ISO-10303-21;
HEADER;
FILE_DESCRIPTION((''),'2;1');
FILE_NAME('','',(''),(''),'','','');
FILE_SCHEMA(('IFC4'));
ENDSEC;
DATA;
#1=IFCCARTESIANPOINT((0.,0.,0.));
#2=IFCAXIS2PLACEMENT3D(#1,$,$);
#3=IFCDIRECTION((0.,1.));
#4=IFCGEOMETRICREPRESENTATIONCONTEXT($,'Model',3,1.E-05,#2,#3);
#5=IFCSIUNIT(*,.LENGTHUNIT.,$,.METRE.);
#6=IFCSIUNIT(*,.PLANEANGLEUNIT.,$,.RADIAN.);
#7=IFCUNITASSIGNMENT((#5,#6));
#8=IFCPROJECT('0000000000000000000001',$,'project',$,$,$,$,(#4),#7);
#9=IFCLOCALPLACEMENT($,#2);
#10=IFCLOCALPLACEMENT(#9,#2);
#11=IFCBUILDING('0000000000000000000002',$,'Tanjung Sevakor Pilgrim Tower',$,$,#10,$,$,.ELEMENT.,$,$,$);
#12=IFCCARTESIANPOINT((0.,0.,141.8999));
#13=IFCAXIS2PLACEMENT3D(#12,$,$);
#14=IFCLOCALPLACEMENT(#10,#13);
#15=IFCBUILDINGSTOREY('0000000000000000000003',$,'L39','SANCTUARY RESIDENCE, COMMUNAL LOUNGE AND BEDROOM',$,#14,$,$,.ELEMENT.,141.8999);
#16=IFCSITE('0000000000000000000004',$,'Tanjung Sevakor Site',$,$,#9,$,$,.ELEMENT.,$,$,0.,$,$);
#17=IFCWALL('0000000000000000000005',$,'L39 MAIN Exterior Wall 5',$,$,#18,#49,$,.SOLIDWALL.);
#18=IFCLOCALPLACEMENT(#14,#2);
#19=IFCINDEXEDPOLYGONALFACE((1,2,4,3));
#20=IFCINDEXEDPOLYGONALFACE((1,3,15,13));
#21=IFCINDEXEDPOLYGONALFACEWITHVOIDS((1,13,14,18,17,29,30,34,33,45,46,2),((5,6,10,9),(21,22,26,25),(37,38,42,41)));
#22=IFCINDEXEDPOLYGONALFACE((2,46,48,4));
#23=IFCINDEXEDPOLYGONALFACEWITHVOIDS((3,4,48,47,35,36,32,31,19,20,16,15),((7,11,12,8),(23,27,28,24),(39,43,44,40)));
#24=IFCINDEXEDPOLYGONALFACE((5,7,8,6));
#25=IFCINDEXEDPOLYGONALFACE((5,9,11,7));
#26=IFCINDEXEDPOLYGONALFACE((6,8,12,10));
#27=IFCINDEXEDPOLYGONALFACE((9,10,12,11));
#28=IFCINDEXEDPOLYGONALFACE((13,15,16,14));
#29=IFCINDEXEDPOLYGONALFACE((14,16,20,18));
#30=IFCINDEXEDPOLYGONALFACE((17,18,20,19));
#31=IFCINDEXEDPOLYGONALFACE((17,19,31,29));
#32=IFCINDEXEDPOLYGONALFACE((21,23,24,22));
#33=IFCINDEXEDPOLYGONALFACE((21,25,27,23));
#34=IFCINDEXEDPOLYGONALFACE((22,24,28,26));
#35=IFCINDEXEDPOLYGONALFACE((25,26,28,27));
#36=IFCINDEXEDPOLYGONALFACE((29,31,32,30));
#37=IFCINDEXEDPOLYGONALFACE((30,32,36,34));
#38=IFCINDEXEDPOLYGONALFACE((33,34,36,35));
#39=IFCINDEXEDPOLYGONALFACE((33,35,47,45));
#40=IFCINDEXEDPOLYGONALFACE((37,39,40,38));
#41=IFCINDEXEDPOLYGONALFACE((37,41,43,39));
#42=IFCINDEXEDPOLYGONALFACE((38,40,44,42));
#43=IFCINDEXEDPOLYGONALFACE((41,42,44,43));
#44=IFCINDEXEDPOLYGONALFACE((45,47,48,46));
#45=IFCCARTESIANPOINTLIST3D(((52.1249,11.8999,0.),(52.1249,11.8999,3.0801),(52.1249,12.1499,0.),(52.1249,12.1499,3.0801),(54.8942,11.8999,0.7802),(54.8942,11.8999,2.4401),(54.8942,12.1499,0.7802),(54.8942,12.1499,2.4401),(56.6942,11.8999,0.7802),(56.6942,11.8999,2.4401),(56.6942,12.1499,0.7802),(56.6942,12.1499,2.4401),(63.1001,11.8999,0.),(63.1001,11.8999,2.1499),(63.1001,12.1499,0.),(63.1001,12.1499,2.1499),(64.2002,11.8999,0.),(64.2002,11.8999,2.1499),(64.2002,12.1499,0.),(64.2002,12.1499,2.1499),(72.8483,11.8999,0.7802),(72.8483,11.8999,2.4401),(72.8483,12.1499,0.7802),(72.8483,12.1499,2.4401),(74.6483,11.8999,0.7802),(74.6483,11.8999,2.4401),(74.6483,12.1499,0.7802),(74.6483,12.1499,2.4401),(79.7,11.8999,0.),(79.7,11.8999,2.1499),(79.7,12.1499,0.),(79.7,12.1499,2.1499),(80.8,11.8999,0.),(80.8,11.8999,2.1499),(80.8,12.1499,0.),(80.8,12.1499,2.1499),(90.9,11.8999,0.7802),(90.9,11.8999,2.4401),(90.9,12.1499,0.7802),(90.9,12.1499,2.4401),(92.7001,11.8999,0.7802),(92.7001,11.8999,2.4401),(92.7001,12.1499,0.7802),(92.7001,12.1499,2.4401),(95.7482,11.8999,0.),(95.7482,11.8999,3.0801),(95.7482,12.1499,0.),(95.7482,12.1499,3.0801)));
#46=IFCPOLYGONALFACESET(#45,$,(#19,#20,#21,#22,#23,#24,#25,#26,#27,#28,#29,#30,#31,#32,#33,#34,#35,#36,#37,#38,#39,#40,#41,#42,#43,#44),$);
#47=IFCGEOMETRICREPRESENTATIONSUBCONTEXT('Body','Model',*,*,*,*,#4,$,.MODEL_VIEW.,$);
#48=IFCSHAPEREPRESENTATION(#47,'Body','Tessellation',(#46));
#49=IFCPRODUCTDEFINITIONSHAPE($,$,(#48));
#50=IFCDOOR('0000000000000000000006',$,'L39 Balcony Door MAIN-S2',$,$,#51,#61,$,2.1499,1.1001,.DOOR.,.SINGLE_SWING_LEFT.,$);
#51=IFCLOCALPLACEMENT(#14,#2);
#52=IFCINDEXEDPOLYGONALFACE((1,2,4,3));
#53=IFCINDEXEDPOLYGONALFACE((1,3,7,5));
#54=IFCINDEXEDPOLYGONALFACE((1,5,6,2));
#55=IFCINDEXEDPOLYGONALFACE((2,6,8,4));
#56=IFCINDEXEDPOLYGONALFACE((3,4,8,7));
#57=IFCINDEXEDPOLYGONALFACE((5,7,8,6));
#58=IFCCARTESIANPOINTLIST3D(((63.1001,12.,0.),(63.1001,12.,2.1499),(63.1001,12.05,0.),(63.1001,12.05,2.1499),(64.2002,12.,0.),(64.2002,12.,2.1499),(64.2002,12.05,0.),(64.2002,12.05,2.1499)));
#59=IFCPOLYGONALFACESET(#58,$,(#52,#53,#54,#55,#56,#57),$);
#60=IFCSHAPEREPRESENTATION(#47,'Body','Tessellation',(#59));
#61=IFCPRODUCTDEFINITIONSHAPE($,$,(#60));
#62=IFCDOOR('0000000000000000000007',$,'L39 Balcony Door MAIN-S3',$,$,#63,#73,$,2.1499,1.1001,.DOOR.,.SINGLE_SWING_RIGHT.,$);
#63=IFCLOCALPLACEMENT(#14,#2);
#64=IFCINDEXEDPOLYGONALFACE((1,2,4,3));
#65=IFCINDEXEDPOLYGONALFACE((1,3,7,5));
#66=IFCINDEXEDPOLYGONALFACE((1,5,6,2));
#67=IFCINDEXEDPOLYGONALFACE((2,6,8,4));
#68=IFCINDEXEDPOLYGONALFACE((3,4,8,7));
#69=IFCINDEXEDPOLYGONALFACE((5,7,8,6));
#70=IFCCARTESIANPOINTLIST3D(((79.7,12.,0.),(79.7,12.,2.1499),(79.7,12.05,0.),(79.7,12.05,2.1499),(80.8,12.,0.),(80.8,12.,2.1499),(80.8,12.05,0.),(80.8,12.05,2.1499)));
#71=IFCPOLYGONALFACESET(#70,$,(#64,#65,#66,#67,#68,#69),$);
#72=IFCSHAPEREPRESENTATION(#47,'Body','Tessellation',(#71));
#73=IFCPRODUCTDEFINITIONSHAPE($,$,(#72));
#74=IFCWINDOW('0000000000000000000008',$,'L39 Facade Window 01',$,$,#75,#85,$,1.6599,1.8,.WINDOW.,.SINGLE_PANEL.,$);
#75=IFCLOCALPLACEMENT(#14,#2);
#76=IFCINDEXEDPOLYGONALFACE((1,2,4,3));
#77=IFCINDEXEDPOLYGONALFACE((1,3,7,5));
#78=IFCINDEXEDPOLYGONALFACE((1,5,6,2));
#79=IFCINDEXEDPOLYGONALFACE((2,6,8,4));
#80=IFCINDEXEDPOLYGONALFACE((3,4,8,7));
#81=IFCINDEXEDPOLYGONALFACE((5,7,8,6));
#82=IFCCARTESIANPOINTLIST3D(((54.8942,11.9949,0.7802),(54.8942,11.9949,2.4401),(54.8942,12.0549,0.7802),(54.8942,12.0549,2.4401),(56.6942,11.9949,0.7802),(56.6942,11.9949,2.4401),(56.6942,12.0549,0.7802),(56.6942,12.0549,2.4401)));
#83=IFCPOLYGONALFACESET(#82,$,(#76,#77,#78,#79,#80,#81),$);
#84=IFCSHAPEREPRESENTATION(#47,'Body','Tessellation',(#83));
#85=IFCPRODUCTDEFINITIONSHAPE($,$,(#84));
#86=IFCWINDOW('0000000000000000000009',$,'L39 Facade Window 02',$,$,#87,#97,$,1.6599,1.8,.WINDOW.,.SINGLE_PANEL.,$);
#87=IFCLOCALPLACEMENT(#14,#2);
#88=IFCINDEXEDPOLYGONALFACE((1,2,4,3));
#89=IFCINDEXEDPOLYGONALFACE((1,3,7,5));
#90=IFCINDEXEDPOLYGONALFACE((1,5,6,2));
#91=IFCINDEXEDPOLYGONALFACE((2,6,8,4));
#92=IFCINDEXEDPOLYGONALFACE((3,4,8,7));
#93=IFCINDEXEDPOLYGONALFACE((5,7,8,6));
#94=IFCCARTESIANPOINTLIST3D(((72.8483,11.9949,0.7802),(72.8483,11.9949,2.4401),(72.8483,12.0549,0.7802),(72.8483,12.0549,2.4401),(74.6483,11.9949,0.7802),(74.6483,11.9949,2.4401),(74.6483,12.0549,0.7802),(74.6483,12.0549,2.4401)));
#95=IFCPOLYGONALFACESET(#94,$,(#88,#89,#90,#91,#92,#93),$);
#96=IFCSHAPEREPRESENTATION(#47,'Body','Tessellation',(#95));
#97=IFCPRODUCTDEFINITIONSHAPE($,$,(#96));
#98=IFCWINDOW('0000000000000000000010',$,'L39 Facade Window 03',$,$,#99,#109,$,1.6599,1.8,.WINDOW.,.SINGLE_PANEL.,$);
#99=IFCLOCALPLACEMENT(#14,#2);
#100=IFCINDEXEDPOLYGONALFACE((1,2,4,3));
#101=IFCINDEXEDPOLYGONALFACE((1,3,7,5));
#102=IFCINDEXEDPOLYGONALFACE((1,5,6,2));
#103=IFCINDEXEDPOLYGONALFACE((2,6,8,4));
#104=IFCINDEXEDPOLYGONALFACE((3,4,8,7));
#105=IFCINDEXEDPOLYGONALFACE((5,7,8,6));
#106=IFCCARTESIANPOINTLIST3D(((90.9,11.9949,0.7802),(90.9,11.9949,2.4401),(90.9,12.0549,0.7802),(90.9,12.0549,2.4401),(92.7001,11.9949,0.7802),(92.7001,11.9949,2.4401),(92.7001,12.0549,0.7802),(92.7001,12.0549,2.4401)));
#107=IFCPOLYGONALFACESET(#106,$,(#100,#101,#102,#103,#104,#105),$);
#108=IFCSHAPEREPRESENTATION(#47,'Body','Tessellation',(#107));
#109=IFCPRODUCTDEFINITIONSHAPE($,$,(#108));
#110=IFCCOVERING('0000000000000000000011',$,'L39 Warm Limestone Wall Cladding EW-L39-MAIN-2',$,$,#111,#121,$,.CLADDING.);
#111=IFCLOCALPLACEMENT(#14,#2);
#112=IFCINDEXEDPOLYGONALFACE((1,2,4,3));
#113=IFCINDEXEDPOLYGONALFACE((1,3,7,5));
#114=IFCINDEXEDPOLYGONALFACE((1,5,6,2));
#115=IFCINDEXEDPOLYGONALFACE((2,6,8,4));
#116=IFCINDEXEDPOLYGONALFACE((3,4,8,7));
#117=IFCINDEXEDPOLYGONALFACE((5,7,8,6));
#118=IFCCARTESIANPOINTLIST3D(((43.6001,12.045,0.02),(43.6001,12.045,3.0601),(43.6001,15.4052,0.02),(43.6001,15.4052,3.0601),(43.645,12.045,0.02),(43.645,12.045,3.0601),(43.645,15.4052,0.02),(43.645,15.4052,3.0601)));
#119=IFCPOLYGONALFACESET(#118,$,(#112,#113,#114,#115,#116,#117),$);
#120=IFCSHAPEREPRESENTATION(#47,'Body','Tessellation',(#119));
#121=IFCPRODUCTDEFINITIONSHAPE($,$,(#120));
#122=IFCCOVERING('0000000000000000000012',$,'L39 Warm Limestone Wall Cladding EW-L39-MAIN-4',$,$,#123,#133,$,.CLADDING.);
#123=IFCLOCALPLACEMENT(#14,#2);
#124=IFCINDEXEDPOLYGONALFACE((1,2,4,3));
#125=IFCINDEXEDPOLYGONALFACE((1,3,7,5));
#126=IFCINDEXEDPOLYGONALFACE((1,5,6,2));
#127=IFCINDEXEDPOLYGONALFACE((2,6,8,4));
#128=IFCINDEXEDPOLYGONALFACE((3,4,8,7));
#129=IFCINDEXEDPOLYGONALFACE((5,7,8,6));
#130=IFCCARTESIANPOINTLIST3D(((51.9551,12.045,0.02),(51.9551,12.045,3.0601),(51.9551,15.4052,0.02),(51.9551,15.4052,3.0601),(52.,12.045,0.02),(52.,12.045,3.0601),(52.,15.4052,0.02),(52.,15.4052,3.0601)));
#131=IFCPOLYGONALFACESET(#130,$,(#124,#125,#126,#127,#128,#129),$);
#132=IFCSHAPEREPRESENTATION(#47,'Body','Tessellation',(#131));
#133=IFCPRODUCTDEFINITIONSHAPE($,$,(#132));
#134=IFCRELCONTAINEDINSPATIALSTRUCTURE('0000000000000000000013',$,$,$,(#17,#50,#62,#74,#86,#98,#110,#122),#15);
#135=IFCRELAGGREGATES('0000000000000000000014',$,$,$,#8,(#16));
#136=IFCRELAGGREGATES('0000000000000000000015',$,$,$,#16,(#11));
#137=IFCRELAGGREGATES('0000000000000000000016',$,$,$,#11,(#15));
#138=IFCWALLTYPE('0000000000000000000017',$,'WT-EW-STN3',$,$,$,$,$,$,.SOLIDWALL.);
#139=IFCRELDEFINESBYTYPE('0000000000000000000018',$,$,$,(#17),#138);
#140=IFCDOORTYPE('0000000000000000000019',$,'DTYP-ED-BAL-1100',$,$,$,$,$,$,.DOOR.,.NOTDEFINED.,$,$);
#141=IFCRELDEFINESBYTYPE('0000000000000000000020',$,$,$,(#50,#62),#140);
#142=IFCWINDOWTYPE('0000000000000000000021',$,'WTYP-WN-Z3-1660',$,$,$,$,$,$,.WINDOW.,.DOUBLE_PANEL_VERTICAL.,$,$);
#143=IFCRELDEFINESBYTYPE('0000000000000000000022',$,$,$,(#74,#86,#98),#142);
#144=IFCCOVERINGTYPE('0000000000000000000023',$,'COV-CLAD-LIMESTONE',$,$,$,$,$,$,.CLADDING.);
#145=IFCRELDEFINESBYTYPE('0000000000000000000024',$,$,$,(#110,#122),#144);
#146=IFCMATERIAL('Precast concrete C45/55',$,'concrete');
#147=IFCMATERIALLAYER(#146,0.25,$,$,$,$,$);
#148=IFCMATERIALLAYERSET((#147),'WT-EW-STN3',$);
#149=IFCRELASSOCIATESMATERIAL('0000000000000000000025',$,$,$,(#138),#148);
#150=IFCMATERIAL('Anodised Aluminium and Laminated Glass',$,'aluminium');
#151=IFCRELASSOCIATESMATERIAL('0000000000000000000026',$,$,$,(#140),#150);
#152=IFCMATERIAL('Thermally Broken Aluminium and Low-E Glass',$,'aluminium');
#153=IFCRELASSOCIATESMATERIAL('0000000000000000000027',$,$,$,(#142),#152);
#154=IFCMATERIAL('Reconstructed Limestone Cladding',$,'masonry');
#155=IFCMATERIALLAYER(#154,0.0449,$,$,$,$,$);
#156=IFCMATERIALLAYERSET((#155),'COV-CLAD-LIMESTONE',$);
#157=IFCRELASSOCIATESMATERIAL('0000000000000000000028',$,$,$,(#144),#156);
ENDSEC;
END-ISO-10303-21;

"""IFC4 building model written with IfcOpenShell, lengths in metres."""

from ifc_helpers import new_model, si_unit, direction, frame, frame_2d, origin, origin_2d, place, context, subcontext, project, spatial, rectangle, extrude, material, layer, layer_set, type_object, element, fill, save


model = new_model("IFC4")

# Units and contexts
model_context = context("Model", 3, precision=1e-05, world=origin(), true_north=direction((0.0, 1.0)))
body_context = subcontext(model_context, "Body", "Model", "MODEL_VIEW")
ifc_project = project(units=[si_unit("LENGTHUNIT", "METRE"), si_unit("PLANEANGLEUNIT", "RADIAN")], contexts=[model_context])

# Site, building, storey
site_placement = place(None, origin())
site = spatial("IfcSite", under=ifc_project, at=site_placement, Name="Tanjung Sevakor Site", CompositionType="ELEMENT", RefElevation=0.0)
building_placement = place(site_placement, origin())
building = spatial("IfcBuilding", under=site, at=building_placement, Name="Tanjung Sevakor Pilgrim Tower", CompositionType="ELEMENT")
storey_placement = place(building_placement, frame((0.0, 0.0, 141.8999)))
storey = spatial("IfcBuildingStorey", under=building, at=storey_placement, Name="L39", Description="SANCTUARY RESIDENCE, COMMUNAL LOUNGE AND BEDROOM", CompositionType="ELEMENT", Elevation=141.8999)

# Shared definitions
ifc_material_1 = material(Name="Precast concrete C45/55", Category="concrete")
ifc_layer_1 = layer(ifc_material_1, 0.25)
ifc_layer_set_1 = layer_set([ifc_layer_1], Name="WT-EW-STN3")
wall_type_1 = type_object("IfcWallType", Name="WT-EW-STN3", PredefinedType="SOLIDWALL", material=ifc_layer_set_1)

# Wall, openings, doors, windows
wall_1_placement = place(storey_placement, frame((52.125, 12.0249, 0.0), z_axis=(0.0, 0.0, 1.0), x_axis=(1.0, 0.0, 0.0)))
wall_1 = element("IfcWall", 1, at=wall_1_placement, inside=storey, type_object=wall_type_1, Name="L39 MAIN Exterior Wall 5", PredefinedType="SOLIDWALL", context=body_context, shape_type="SweptSolid", body=[
    extrude(rectangle(XDim=43.6233, YDim=0.25, at=frame_2d((21.8115, 0.0))), origin(), (0.0, 0.0, 1.0), 3.0801),
])
opening_1_placement = place(wall_1_placement, frame((10.9751, 0.0, 0.0)))
opening_1 = element("IfcOpeningElement", 2, at=opening_1_placement, cuts=wall_1, PredefinedType="OPENING", context=body_context, shape_type="SweptSolid", body=[
    extrude(rectangle(XDim=1.1001, YDim=2.1499, at=frame_2d((0.55, 1.075))), frame((0.0, 0.135, 0.0), z_axis=(0.0, -1.0, 0.0), x_axis=(1.0, 0.0, 0.0)), (0.0, 0.0, 1.0), 0.27),
])
opening_2_placement = place(wall_1_placement, frame((27.575, 0.0, 0.0)))
opening_2 = element("IfcOpeningElement", 3, at=opening_2_placement, cuts=wall_1, PredefinedType="OPENING", context=body_context, shape_type="SweptSolid", body=[
    extrude(rectangle(XDim=1.1001, YDim=2.1499, at=frame_2d((0.55, 1.075))), frame((0.0, 0.135, 0.0), z_axis=(0.0, -1.0, 0.0), x_axis=(1.0, 0.0, 0.0)), (0.0, 0.0, 1.0), 0.27),
])
opening_3_placement = place(wall_1_placement, frame((2.7693, 0.0, 0.78)))
opening_3 = element("IfcOpeningElement", 4, at=opening_3_placement, cuts=wall_1, PredefinedType="OPENING", context=body_context, shape_type="SweptSolid", body=[
    extrude(rectangle(XDim=1.8, YDim=1.6599, at=frame_2d((0.8999, 0.8301))), frame((0.0, 0.135, 0.0), z_axis=(0.0, -1.0, 0.0), x_axis=(1.0, 0.0, 0.0)), (0.0, 0.0, 1.0), 0.27),
])
opening_4_placement = place(wall_1_placement, frame((20.7234, 0.0, 0.78)))
opening_4 = element("IfcOpeningElement", 5, at=opening_4_placement, cuts=wall_1, PredefinedType="OPENING", context=body_context, shape_type="SweptSolid", body=[
    extrude(rectangle(XDim=1.8, YDim=1.6599, at=frame_2d((0.8999, 0.8301))), frame((0.0, 0.135, 0.0), z_axis=(0.0, -1.0, 0.0), x_axis=(1.0, 0.0, 0.0)), (0.0, 0.0, 1.0), 0.27),
])
opening_5_placement = place(wall_1_placement, frame((38.7751, 0.0, 0.78)))
opening_5 = element("IfcOpeningElement", 6, at=opening_5_placement, cuts=wall_1, PredefinedType="OPENING", context=body_context, shape_type="SweptSolid", body=[
    extrude(rectangle(XDim=1.8, YDim=1.6599, at=frame_2d((0.8999, 0.8301))), frame((0.0, 0.135, 0.0), z_axis=(0.0, -1.0, 0.0), x_axis=(1.0, 0.0, 0.0)), (0.0, 0.0, 1.0), 0.27),
])
ifc_material_2 = material(Name="Anodised Aluminium and Laminated Glass", Category="aluminium")
door_type_1 = type_object("IfcDoorType", Name="DTYP-ED-BAL-1100", OperationType="NOTDEFINED", PredefinedType="DOOR", material=ifc_material_2)
door_1_placement = place(opening_1_placement, frame((1.1001, 0.0, 0.0), z_axis=(0.0, 0.0, 1.0), x_axis=(-1.0, 0.0, 0.0)))
door_1 = element("IfcDoor", 7, at=door_1_placement, inside=storey, type_object=door_type_1, Name="L39 Balcony Door MAIN-S2", OperationType="SINGLE_SWING_LEFT", OverallHeight=2.1499, OverallWidth=1.1001, PredefinedType="DOOR", context=body_context, shape_type="SweptSolid", body=[
    extrude(rectangle(XDim=1.1001, YDim=2.1499, at=frame_2d((0.55, 1.075))), frame((0.0, 0.0249, 0.0), z_axis=(0.0, -1.0, 0.0), x_axis=(1.0, 0.0, 0.0)), (0.0, 0.0, 1.0), 0.05),
])
fill(opening_1, door_1)
door_2_placement = place(opening_2_placement, frame((1.1001, 0.0, 0.0), z_axis=(0.0, 0.0, 1.0), x_axis=(-1.0, 0.0, 0.0)))
door_2 = element("IfcDoor", 8, at=door_2_placement, inside=storey, type_object=door_type_1, Name="L39 Balcony Door MAIN-S3", OperationType="SINGLE_SWING_RIGHT", OverallHeight=2.1499, OverallWidth=1.1001, PredefinedType="DOOR", context=body_context, shape_type="SweptSolid", body=[
    extrude(rectangle(XDim=1.1001, YDim=2.1499, at=frame_2d((0.55, 1.075))), frame((0.0, 0.0249, 0.0), z_axis=(0.0, -1.0, 0.0), x_axis=(1.0, 0.0, 0.0)), (0.0, 0.0, 1.0), 0.05),
])
fill(opening_2, door_2)
ifc_material_3 = material(Name="Thermally Broken Aluminium and Low-E Glass", Category="aluminium")
window_type = type_object("IfcWindowType", Name="WTYP-WN-Z3-1660", PartitioningType="DOUBLE_PANEL_VERTICAL", PredefinedType="WINDOW", material=ifc_material_3)
window_1_placement = place(opening_3_placement, origin())
window_1 = element("IfcWindow", 9, at=window_1_placement, inside=storey, type_object=window_type, Name="L39 Facade Window 01", OverallHeight=1.6599, OverallWidth=1.8, PartitioningType="SINGLE_PANEL", PredefinedType="WINDOW", context=body_context, shape_type="SweptSolid", body=[
    extrude(rectangle(XDim=1.8, YDim=1.6599, at=frame_2d((0.8999, 0.8301))), frame((0.0, 0.03, 0.0), z_axis=(0.0, -1.0, 0.0), x_axis=(1.0, 0.0, 0.0)), (0.0, 0.0, 1.0), 0.0601),
])
fill(opening_3, window_1)
window_2_placement = place(opening_4_placement, origin())
window_2 = element("IfcWindow", 10, at=window_2_placement, inside=storey, type_object=window_type, Name="L39 Facade Window 02", OverallHeight=1.6599, OverallWidth=1.8, PartitioningType="SINGLE_PANEL", PredefinedType="WINDOW", context=body_context, shape_type="SweptSolid", body=[
    extrude(rectangle(XDim=1.8, YDim=1.6599, at=frame_2d((0.8999, 0.8301))), frame((0.0, 0.03, 0.0), z_axis=(0.0, -1.0, 0.0), x_axis=(1.0, 0.0, 0.0)), (0.0, 0.0, 1.0), 0.0601),
])
fill(opening_4, window_2)
window_3_placement = place(opening_5_placement, origin())
window_3 = element("IfcWindow", 11, at=window_3_placement, inside=storey, type_object=window_type, Name="L39 Facade Window 03", OverallHeight=1.6599, OverallWidth=1.8, PartitioningType="SINGLE_PANEL", PredefinedType="WINDOW", context=body_context, shape_type="SweptSolid", body=[
    extrude(rectangle(XDim=1.8, YDim=1.6599, at=frame_2d((0.8999, 0.8301))), frame((0.0, 0.03, 0.0), z_axis=(0.0, -1.0, 0.0), x_axis=(1.0, 0.0, 0.0)), (0.0, 0.0, 1.0), 0.0601),
])
fill(opening_5, window_3)

# Coverings
ifc_material_4 = material(Name="Reconstructed Limestone Cladding", Category="masonry")
ifc_layer_2 = layer(ifc_material_4, 0.0449)
ifc_layer_set_2 = layer_set([ifc_layer_2], Name="COV-CLAD-LIMESTONE")
covering_type = type_object("IfcCoveringType", Name="COV-CLAD-LIMESTONE", PredefinedType="CLADDING", material=ifc_layer_set_2)
for number, where, z_axis, x_axis, name in (
    (12, (43.6226, 13.7251, 0.02), (0.0, 0.0, 1.0), (0.0, 1.0, 0.0), "L39 Warm Limestone Wall Cladding EW-L39-MAIN-2"),
    (13, (51.9775, 13.7251, 0.02), (0.0, 0.0, 1.0), (0.0, -1.0, 0.0), "L39 Warm Limestone Wall Cladding EW-L39-MAIN-4"),
):
    element("IfcCovering", number, at=place(storey_placement, frame(where, z_axis=z_axis, x_axis=x_axis)), inside=storey, type_object=covering_type, Name=name, PredefinedType="CLADDING", context=body_context, shape_type="SweptSolid", body=[
        extrude(rectangle(XDim=3.3601, YDim=0.0449, at=origin_2d()), origin(), (0.0, 0.0, 1.0), 3.04),
    ])

save(model, "model.ifc")
